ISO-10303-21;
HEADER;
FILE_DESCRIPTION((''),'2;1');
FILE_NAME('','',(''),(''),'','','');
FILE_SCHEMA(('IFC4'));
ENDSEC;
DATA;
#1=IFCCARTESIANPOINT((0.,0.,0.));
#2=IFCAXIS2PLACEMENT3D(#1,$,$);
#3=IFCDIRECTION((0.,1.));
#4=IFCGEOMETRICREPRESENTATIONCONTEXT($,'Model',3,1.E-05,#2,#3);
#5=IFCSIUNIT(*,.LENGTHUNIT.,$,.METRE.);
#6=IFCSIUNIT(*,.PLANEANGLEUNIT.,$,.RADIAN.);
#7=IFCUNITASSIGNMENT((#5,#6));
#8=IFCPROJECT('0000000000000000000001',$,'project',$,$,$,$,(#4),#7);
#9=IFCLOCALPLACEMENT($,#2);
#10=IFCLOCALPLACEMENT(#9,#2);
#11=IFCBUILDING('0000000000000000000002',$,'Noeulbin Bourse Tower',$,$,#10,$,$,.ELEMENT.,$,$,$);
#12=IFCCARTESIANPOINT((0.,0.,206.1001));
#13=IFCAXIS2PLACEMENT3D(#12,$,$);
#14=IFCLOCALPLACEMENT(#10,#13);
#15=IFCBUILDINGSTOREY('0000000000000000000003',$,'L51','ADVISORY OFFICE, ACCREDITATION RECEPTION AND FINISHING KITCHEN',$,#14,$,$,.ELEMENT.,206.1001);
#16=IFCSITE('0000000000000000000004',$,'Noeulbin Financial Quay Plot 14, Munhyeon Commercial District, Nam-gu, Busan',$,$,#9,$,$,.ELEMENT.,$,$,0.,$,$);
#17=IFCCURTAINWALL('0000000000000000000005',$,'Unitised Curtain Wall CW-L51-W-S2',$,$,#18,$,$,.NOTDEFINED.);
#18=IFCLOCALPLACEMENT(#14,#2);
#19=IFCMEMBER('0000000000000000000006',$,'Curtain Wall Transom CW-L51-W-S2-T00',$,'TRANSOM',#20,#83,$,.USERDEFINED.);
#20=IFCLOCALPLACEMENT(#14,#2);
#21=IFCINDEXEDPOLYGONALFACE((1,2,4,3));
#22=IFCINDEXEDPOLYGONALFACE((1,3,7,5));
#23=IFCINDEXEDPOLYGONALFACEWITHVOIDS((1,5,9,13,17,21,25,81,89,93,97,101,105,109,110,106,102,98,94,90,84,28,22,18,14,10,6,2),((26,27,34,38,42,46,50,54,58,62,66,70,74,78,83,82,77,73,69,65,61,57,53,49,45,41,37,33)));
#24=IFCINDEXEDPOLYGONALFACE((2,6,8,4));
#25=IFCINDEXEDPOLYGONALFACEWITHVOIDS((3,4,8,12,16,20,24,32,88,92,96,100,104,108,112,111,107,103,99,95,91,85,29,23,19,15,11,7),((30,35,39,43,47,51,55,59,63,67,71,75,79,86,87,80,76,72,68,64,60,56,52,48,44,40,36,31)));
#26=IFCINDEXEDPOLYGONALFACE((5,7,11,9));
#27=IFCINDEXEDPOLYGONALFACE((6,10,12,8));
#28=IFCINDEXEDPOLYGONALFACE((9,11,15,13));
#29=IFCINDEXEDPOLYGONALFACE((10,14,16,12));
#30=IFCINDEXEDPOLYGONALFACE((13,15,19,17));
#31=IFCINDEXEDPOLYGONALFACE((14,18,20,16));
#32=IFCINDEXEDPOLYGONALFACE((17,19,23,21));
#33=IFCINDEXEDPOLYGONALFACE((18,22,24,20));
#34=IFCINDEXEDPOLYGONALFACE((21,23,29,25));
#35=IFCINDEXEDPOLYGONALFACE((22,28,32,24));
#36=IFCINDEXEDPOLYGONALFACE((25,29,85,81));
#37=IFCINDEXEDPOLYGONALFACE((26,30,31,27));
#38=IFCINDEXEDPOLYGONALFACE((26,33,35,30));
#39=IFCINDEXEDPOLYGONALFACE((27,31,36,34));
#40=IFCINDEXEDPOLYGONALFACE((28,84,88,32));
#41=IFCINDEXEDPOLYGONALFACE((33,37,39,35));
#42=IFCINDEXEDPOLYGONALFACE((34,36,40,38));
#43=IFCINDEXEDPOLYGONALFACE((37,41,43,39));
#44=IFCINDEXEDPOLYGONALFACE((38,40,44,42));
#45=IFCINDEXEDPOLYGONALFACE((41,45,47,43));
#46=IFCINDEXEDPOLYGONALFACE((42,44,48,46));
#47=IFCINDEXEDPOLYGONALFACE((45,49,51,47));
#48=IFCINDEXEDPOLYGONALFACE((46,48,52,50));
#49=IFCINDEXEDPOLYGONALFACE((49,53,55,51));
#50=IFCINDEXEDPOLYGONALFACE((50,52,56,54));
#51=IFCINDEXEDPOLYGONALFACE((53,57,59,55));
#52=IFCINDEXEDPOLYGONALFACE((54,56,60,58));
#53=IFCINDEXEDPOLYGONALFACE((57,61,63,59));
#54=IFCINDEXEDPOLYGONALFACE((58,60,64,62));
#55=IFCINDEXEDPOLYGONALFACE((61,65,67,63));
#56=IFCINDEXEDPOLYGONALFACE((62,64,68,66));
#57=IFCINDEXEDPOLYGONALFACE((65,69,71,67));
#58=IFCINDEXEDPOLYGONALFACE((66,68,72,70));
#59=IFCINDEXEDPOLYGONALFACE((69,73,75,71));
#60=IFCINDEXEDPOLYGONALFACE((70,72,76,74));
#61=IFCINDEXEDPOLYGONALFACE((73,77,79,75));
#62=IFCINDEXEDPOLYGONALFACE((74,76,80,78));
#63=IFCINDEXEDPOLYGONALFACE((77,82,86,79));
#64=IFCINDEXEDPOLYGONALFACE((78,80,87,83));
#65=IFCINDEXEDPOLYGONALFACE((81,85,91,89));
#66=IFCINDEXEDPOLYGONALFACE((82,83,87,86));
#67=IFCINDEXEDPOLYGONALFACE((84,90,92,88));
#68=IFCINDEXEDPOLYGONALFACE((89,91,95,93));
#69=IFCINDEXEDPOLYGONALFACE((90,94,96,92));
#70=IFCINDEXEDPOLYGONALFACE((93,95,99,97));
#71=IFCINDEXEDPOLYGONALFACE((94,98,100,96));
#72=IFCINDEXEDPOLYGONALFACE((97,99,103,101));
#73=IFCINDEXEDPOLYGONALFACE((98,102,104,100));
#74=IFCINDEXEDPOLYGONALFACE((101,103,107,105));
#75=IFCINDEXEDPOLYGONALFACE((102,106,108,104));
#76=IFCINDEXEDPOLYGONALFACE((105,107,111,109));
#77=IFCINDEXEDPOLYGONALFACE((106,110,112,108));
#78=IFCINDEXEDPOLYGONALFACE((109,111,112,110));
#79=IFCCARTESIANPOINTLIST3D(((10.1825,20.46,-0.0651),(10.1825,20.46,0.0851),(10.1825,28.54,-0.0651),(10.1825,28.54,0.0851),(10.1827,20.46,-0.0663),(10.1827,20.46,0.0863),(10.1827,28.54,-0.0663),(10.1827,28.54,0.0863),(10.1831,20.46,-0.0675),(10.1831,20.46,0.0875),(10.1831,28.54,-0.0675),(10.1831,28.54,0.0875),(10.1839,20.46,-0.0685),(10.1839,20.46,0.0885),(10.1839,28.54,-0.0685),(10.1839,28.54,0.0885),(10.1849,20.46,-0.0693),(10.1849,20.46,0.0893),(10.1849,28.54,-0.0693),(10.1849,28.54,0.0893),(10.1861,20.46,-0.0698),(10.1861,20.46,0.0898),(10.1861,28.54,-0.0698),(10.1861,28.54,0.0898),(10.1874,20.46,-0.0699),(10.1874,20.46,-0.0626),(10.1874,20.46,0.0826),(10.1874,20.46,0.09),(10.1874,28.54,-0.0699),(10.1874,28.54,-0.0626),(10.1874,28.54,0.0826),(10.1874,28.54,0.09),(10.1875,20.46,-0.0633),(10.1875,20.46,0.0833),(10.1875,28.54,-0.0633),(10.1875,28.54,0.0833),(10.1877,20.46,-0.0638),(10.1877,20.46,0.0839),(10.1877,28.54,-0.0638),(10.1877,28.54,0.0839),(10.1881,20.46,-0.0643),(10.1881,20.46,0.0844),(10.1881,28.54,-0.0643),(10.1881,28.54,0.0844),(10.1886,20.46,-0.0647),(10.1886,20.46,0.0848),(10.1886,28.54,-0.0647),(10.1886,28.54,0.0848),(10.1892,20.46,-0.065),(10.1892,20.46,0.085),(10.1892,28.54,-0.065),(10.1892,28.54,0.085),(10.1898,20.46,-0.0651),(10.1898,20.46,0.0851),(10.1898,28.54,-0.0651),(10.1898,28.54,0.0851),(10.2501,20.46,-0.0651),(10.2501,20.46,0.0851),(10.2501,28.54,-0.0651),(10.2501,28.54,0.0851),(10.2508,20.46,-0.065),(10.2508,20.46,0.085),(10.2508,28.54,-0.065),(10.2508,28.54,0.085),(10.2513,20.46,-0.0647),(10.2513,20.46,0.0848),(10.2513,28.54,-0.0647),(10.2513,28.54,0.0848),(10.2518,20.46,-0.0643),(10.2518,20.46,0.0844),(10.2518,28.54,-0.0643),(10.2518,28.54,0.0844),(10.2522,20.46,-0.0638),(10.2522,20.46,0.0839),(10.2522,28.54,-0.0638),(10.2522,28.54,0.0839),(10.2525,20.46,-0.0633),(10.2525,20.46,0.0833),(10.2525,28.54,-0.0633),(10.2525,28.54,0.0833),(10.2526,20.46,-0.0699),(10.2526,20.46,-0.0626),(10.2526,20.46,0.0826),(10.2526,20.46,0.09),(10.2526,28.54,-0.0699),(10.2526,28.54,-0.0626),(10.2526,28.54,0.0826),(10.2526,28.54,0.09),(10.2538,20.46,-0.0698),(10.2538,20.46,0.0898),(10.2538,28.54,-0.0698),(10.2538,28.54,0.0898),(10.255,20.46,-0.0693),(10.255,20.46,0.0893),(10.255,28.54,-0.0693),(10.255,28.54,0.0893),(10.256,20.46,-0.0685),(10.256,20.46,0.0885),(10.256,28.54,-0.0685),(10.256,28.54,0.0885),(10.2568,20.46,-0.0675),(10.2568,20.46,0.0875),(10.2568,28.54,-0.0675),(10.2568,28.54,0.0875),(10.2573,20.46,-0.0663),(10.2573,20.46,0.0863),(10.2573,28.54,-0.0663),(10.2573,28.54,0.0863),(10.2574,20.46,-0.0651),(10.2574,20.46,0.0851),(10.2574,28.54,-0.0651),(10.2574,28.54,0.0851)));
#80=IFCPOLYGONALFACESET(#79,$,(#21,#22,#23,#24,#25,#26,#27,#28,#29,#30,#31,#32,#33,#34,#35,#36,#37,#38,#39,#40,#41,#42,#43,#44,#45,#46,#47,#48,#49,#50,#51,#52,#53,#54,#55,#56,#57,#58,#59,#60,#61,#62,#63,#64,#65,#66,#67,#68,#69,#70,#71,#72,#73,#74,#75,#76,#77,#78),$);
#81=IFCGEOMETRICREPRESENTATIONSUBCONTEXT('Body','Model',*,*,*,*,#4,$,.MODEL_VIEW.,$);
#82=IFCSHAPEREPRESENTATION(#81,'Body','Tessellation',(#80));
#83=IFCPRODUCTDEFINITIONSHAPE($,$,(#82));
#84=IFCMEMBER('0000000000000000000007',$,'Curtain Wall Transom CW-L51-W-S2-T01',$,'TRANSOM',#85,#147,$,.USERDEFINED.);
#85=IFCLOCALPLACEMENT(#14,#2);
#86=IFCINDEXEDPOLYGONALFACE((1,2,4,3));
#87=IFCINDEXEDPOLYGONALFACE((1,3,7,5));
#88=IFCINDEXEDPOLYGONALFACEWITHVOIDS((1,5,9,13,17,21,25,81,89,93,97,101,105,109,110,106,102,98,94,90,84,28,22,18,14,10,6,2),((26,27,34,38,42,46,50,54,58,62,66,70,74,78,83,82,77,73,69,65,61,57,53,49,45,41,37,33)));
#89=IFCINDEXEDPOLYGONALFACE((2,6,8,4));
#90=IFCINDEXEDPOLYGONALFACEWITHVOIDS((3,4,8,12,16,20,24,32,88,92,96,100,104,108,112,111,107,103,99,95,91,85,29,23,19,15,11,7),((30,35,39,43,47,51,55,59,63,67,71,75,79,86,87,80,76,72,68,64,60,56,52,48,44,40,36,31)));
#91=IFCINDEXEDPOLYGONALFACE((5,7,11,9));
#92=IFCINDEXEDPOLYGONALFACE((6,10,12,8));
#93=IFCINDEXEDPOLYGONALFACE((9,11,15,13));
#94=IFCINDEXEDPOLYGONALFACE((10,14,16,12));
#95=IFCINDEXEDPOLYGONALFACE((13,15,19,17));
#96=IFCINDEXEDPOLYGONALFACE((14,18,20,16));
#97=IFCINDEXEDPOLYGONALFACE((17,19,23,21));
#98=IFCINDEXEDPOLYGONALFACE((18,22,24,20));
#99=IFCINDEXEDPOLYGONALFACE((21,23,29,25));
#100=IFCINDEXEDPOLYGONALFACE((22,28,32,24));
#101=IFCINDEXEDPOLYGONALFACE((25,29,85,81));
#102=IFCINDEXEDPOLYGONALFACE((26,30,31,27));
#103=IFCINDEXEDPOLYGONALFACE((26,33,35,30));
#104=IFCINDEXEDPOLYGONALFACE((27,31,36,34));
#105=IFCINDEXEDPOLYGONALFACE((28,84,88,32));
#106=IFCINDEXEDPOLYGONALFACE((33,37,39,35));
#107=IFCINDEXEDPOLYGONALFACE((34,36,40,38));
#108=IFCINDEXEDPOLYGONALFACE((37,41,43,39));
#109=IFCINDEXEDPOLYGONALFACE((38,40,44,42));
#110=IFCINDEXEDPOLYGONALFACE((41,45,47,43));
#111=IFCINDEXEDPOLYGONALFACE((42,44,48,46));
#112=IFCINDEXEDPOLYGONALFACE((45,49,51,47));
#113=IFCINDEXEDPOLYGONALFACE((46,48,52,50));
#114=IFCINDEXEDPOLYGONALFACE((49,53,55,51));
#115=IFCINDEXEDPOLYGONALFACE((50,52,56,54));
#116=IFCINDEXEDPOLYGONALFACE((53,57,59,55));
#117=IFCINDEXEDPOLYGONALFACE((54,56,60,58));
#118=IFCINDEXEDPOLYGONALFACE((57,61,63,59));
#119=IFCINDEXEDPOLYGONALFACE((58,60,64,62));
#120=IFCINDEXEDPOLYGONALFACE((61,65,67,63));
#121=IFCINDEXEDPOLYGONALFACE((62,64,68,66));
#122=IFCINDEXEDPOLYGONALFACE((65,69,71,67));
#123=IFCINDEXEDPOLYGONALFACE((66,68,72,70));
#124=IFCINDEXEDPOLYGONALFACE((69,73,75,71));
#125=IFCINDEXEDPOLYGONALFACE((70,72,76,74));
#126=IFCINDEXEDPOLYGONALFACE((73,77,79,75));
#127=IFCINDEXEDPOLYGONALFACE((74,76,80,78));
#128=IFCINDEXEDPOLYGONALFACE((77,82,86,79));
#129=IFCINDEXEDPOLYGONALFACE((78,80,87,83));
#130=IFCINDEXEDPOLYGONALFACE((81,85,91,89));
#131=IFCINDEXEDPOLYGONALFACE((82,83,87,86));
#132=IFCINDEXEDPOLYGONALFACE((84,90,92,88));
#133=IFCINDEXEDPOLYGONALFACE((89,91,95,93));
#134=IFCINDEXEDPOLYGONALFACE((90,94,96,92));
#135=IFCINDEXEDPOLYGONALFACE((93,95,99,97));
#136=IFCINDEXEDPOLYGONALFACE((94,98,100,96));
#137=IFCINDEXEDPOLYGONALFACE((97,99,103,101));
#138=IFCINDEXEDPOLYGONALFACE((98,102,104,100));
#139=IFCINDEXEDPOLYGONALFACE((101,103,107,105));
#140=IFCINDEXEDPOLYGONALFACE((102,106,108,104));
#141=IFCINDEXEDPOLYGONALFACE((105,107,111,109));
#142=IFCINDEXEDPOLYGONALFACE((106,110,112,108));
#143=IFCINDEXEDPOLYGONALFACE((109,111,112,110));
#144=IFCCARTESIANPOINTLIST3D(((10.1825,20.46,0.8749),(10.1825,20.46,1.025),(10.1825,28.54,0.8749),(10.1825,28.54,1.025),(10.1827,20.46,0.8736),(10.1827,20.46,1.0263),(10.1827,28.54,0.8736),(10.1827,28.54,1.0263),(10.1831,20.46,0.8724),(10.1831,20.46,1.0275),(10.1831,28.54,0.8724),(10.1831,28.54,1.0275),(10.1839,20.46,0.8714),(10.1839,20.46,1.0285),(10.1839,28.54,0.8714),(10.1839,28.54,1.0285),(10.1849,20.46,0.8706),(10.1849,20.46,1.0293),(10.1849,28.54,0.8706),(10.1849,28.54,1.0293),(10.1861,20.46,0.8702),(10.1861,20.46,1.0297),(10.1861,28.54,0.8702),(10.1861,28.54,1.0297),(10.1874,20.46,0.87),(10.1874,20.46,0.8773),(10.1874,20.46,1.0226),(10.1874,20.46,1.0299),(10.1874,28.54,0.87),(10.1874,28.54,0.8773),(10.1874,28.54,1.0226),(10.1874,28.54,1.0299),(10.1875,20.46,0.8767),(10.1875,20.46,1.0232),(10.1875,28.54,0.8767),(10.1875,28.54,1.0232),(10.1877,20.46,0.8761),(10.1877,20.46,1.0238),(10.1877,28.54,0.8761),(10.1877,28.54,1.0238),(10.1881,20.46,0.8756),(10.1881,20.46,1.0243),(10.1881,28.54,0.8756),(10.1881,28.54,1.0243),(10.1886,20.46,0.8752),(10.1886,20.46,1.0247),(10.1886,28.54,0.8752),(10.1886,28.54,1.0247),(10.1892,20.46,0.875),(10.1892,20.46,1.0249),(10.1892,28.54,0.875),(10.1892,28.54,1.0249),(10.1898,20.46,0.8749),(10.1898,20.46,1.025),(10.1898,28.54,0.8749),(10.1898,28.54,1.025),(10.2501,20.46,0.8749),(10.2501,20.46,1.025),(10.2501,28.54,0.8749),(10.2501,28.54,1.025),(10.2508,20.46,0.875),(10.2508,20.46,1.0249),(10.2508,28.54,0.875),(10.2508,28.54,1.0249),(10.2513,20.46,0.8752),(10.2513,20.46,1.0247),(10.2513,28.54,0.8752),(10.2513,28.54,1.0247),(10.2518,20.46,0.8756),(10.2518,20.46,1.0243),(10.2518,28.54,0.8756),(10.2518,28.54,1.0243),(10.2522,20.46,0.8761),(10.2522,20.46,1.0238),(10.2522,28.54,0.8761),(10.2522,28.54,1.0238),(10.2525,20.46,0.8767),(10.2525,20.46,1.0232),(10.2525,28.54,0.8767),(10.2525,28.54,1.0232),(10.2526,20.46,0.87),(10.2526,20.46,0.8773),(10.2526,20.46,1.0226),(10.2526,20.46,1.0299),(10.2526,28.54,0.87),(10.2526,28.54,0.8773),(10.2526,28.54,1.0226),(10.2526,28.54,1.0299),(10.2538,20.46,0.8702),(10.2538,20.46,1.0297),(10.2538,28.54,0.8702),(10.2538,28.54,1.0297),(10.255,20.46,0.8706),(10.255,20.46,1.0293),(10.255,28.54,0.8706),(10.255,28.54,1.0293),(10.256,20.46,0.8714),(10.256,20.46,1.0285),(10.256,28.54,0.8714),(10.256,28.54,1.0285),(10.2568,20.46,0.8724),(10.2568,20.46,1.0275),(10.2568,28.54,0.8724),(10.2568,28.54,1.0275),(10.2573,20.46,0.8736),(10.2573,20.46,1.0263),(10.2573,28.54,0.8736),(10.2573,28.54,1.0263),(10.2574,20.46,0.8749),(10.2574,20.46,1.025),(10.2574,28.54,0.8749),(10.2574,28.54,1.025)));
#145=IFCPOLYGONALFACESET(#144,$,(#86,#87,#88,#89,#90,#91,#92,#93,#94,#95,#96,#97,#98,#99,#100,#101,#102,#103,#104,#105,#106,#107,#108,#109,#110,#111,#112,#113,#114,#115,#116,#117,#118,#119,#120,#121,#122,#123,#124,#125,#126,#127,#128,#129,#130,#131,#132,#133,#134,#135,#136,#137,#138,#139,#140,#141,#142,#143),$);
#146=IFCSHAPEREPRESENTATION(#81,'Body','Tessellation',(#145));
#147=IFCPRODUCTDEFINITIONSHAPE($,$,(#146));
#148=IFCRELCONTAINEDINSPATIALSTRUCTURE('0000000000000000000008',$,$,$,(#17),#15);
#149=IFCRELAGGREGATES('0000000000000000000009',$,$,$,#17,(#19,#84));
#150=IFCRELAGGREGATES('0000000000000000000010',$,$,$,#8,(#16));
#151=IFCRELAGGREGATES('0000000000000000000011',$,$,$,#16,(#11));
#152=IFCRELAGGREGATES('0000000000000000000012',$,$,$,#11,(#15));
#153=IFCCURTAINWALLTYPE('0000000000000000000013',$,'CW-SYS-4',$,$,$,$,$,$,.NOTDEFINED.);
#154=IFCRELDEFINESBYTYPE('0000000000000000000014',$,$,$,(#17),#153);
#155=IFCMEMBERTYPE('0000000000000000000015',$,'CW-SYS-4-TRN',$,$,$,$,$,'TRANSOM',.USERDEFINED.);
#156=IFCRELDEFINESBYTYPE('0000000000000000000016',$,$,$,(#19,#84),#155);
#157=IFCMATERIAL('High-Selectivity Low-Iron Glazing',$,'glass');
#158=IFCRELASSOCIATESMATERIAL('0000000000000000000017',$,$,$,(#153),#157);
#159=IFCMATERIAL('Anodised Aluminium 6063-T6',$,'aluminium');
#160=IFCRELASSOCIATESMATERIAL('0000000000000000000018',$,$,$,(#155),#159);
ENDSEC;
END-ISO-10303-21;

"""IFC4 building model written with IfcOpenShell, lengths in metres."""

from ifc_helpers import new_model, si_unit, direction, frame, origin, origin_2d, place, context, subcontext, project, spatial, hollow_rectangle, extrude, material, material_profile, profile_set, type_object, element, aggregate, save


model = new_model("IFC4")

# Units and contexts
model_context = context("Model", 3, precision=1e-05, world=origin(), true_north=direction((0.0, 1.0)))
body_context = subcontext(model_context, "Body", "Model", "MODEL_VIEW")
ifc_project = project(units=[si_unit("LENGTHUNIT", "METRE"), si_unit("PLANEANGLEUNIT", "RADIAN")], contexts=[model_context])

# Site, building, storey
site_placement = place(None, origin())
site = spatial("IfcSite", under=ifc_project, at=site_placement, Name="Noeulbin Financial Quay Plot 14, Munhyeon Commercial District, Nam-gu, Busan", CompositionType="ELEMENT", RefElevation=0.0)
building_placement = place(site_placement, origin())
building = spatial("IfcBuilding", under=site, at=building_placement, Name="Noeulbin Bourse Tower", CompositionType="ELEMENT")
storey_placement = place(building_placement, frame((0.0, 0.0, 206.1001)))
storey = spatial("IfcBuildingStorey", under=building, at=storey_placement, Name="L51", Description="ADVISORY OFFICE, ACCREDITATION RECEPTION AND FINISHING KITCHEN", CompositionType="ELEMENT", Elevation=206.1001)

# Curtain wall
ifc_material_1 = material(Name="High-Selectivity Low-Iron Glazing", Category="glass")
curtain_wall_type = type_object("IfcCurtainWallType", Name="CW-SYS-4", PredefinedType="NOTDEFINED", material=ifc_material_1)
curtain_wall_1_placement = place(storey_placement, origin())
curtain_wall_1 = element("IfcCurtainWall", 1, at=curtain_wall_1_placement, inside=storey, type_object=curtain_wall_type, Name="Unitised Curtain Wall CW-L51-W-S2", PredefinedType="NOTDEFINED")
ifc_material_2 = material(Name="Anodised Aluminium 6063-T6", Category="aluminium")

# Members
ifc_material_profile_1 = material_profile(ifc_material_2, hollow_rectangle(XDim=0.075, YDim=0.1599, WallThickness=0.0049, InnerFilletRadius=0.0024, OuterFilletRadius=0.0049, at=origin_2d()), Name="ALU-TRAN-75x160x5", Category="LoadBearing")
ifc_profile_set_1 = profile_set([ifc_material_profile_1], Name="Anodised Aluminium 6063-T6")
member_type_1 = type_object("IfcMemberType", Name="CW-SYS-4-TRN", ElementType="TRANSOM", PredefinedType="USERDEFINED", material=ifc_profile_set_1)
member_1_placement = place(storey_placement, frame((10.22, 20.46, 0.01), z_axis=(0.0, 1.0, 0.0), x_axis=(-1.0, 0.0, 0.0)))
member_1 = element("IfcMember", 2, at=member_1_placement, type_object=member_type_1, Name="Curtain Wall Transom CW-L51-W-S2-T00", ObjectType="TRANSOM", PredefinedType="USERDEFINED", context=body_context, shape_type="SweptSolid", body=[
    extrude(hollow_rectangle(XDim=0.075, YDim=0.1599, WallThickness=0.0049, InnerFilletRadius=0.0024, OuterFilletRadius=0.0049, at=origin_2d()), origin(), (0.0, 0.0, 1.0), 8.0801),
])
member_2_placement = place(storey_placement, frame((10.22, 20.46, 0.95), z_axis=(0.0, 1.0, 0.0), x_axis=(-1.0, 0.0, 0.0)))
member_2 = element("IfcMember", 3, at=member_2_placement, type_object=member_type_1, Name="Curtain Wall Transom CW-L51-W-S2-T01", ObjectType="TRANSOM", PredefinedType="USERDEFINED", context=body_context, shape_type="SweptSolid", body=[
    extrude(hollow_rectangle(XDim=0.075, YDim=0.1599, WallThickness=0.0049, InnerFilletRadius=0.0024, OuterFilletRadius=0.0049, at=origin_2d()), origin(), (0.0, 0.0, 1.0), 8.0801),
])

aggregate(curtain_wall_1, [member_1, member_2])

save(model, "model.ifc")
